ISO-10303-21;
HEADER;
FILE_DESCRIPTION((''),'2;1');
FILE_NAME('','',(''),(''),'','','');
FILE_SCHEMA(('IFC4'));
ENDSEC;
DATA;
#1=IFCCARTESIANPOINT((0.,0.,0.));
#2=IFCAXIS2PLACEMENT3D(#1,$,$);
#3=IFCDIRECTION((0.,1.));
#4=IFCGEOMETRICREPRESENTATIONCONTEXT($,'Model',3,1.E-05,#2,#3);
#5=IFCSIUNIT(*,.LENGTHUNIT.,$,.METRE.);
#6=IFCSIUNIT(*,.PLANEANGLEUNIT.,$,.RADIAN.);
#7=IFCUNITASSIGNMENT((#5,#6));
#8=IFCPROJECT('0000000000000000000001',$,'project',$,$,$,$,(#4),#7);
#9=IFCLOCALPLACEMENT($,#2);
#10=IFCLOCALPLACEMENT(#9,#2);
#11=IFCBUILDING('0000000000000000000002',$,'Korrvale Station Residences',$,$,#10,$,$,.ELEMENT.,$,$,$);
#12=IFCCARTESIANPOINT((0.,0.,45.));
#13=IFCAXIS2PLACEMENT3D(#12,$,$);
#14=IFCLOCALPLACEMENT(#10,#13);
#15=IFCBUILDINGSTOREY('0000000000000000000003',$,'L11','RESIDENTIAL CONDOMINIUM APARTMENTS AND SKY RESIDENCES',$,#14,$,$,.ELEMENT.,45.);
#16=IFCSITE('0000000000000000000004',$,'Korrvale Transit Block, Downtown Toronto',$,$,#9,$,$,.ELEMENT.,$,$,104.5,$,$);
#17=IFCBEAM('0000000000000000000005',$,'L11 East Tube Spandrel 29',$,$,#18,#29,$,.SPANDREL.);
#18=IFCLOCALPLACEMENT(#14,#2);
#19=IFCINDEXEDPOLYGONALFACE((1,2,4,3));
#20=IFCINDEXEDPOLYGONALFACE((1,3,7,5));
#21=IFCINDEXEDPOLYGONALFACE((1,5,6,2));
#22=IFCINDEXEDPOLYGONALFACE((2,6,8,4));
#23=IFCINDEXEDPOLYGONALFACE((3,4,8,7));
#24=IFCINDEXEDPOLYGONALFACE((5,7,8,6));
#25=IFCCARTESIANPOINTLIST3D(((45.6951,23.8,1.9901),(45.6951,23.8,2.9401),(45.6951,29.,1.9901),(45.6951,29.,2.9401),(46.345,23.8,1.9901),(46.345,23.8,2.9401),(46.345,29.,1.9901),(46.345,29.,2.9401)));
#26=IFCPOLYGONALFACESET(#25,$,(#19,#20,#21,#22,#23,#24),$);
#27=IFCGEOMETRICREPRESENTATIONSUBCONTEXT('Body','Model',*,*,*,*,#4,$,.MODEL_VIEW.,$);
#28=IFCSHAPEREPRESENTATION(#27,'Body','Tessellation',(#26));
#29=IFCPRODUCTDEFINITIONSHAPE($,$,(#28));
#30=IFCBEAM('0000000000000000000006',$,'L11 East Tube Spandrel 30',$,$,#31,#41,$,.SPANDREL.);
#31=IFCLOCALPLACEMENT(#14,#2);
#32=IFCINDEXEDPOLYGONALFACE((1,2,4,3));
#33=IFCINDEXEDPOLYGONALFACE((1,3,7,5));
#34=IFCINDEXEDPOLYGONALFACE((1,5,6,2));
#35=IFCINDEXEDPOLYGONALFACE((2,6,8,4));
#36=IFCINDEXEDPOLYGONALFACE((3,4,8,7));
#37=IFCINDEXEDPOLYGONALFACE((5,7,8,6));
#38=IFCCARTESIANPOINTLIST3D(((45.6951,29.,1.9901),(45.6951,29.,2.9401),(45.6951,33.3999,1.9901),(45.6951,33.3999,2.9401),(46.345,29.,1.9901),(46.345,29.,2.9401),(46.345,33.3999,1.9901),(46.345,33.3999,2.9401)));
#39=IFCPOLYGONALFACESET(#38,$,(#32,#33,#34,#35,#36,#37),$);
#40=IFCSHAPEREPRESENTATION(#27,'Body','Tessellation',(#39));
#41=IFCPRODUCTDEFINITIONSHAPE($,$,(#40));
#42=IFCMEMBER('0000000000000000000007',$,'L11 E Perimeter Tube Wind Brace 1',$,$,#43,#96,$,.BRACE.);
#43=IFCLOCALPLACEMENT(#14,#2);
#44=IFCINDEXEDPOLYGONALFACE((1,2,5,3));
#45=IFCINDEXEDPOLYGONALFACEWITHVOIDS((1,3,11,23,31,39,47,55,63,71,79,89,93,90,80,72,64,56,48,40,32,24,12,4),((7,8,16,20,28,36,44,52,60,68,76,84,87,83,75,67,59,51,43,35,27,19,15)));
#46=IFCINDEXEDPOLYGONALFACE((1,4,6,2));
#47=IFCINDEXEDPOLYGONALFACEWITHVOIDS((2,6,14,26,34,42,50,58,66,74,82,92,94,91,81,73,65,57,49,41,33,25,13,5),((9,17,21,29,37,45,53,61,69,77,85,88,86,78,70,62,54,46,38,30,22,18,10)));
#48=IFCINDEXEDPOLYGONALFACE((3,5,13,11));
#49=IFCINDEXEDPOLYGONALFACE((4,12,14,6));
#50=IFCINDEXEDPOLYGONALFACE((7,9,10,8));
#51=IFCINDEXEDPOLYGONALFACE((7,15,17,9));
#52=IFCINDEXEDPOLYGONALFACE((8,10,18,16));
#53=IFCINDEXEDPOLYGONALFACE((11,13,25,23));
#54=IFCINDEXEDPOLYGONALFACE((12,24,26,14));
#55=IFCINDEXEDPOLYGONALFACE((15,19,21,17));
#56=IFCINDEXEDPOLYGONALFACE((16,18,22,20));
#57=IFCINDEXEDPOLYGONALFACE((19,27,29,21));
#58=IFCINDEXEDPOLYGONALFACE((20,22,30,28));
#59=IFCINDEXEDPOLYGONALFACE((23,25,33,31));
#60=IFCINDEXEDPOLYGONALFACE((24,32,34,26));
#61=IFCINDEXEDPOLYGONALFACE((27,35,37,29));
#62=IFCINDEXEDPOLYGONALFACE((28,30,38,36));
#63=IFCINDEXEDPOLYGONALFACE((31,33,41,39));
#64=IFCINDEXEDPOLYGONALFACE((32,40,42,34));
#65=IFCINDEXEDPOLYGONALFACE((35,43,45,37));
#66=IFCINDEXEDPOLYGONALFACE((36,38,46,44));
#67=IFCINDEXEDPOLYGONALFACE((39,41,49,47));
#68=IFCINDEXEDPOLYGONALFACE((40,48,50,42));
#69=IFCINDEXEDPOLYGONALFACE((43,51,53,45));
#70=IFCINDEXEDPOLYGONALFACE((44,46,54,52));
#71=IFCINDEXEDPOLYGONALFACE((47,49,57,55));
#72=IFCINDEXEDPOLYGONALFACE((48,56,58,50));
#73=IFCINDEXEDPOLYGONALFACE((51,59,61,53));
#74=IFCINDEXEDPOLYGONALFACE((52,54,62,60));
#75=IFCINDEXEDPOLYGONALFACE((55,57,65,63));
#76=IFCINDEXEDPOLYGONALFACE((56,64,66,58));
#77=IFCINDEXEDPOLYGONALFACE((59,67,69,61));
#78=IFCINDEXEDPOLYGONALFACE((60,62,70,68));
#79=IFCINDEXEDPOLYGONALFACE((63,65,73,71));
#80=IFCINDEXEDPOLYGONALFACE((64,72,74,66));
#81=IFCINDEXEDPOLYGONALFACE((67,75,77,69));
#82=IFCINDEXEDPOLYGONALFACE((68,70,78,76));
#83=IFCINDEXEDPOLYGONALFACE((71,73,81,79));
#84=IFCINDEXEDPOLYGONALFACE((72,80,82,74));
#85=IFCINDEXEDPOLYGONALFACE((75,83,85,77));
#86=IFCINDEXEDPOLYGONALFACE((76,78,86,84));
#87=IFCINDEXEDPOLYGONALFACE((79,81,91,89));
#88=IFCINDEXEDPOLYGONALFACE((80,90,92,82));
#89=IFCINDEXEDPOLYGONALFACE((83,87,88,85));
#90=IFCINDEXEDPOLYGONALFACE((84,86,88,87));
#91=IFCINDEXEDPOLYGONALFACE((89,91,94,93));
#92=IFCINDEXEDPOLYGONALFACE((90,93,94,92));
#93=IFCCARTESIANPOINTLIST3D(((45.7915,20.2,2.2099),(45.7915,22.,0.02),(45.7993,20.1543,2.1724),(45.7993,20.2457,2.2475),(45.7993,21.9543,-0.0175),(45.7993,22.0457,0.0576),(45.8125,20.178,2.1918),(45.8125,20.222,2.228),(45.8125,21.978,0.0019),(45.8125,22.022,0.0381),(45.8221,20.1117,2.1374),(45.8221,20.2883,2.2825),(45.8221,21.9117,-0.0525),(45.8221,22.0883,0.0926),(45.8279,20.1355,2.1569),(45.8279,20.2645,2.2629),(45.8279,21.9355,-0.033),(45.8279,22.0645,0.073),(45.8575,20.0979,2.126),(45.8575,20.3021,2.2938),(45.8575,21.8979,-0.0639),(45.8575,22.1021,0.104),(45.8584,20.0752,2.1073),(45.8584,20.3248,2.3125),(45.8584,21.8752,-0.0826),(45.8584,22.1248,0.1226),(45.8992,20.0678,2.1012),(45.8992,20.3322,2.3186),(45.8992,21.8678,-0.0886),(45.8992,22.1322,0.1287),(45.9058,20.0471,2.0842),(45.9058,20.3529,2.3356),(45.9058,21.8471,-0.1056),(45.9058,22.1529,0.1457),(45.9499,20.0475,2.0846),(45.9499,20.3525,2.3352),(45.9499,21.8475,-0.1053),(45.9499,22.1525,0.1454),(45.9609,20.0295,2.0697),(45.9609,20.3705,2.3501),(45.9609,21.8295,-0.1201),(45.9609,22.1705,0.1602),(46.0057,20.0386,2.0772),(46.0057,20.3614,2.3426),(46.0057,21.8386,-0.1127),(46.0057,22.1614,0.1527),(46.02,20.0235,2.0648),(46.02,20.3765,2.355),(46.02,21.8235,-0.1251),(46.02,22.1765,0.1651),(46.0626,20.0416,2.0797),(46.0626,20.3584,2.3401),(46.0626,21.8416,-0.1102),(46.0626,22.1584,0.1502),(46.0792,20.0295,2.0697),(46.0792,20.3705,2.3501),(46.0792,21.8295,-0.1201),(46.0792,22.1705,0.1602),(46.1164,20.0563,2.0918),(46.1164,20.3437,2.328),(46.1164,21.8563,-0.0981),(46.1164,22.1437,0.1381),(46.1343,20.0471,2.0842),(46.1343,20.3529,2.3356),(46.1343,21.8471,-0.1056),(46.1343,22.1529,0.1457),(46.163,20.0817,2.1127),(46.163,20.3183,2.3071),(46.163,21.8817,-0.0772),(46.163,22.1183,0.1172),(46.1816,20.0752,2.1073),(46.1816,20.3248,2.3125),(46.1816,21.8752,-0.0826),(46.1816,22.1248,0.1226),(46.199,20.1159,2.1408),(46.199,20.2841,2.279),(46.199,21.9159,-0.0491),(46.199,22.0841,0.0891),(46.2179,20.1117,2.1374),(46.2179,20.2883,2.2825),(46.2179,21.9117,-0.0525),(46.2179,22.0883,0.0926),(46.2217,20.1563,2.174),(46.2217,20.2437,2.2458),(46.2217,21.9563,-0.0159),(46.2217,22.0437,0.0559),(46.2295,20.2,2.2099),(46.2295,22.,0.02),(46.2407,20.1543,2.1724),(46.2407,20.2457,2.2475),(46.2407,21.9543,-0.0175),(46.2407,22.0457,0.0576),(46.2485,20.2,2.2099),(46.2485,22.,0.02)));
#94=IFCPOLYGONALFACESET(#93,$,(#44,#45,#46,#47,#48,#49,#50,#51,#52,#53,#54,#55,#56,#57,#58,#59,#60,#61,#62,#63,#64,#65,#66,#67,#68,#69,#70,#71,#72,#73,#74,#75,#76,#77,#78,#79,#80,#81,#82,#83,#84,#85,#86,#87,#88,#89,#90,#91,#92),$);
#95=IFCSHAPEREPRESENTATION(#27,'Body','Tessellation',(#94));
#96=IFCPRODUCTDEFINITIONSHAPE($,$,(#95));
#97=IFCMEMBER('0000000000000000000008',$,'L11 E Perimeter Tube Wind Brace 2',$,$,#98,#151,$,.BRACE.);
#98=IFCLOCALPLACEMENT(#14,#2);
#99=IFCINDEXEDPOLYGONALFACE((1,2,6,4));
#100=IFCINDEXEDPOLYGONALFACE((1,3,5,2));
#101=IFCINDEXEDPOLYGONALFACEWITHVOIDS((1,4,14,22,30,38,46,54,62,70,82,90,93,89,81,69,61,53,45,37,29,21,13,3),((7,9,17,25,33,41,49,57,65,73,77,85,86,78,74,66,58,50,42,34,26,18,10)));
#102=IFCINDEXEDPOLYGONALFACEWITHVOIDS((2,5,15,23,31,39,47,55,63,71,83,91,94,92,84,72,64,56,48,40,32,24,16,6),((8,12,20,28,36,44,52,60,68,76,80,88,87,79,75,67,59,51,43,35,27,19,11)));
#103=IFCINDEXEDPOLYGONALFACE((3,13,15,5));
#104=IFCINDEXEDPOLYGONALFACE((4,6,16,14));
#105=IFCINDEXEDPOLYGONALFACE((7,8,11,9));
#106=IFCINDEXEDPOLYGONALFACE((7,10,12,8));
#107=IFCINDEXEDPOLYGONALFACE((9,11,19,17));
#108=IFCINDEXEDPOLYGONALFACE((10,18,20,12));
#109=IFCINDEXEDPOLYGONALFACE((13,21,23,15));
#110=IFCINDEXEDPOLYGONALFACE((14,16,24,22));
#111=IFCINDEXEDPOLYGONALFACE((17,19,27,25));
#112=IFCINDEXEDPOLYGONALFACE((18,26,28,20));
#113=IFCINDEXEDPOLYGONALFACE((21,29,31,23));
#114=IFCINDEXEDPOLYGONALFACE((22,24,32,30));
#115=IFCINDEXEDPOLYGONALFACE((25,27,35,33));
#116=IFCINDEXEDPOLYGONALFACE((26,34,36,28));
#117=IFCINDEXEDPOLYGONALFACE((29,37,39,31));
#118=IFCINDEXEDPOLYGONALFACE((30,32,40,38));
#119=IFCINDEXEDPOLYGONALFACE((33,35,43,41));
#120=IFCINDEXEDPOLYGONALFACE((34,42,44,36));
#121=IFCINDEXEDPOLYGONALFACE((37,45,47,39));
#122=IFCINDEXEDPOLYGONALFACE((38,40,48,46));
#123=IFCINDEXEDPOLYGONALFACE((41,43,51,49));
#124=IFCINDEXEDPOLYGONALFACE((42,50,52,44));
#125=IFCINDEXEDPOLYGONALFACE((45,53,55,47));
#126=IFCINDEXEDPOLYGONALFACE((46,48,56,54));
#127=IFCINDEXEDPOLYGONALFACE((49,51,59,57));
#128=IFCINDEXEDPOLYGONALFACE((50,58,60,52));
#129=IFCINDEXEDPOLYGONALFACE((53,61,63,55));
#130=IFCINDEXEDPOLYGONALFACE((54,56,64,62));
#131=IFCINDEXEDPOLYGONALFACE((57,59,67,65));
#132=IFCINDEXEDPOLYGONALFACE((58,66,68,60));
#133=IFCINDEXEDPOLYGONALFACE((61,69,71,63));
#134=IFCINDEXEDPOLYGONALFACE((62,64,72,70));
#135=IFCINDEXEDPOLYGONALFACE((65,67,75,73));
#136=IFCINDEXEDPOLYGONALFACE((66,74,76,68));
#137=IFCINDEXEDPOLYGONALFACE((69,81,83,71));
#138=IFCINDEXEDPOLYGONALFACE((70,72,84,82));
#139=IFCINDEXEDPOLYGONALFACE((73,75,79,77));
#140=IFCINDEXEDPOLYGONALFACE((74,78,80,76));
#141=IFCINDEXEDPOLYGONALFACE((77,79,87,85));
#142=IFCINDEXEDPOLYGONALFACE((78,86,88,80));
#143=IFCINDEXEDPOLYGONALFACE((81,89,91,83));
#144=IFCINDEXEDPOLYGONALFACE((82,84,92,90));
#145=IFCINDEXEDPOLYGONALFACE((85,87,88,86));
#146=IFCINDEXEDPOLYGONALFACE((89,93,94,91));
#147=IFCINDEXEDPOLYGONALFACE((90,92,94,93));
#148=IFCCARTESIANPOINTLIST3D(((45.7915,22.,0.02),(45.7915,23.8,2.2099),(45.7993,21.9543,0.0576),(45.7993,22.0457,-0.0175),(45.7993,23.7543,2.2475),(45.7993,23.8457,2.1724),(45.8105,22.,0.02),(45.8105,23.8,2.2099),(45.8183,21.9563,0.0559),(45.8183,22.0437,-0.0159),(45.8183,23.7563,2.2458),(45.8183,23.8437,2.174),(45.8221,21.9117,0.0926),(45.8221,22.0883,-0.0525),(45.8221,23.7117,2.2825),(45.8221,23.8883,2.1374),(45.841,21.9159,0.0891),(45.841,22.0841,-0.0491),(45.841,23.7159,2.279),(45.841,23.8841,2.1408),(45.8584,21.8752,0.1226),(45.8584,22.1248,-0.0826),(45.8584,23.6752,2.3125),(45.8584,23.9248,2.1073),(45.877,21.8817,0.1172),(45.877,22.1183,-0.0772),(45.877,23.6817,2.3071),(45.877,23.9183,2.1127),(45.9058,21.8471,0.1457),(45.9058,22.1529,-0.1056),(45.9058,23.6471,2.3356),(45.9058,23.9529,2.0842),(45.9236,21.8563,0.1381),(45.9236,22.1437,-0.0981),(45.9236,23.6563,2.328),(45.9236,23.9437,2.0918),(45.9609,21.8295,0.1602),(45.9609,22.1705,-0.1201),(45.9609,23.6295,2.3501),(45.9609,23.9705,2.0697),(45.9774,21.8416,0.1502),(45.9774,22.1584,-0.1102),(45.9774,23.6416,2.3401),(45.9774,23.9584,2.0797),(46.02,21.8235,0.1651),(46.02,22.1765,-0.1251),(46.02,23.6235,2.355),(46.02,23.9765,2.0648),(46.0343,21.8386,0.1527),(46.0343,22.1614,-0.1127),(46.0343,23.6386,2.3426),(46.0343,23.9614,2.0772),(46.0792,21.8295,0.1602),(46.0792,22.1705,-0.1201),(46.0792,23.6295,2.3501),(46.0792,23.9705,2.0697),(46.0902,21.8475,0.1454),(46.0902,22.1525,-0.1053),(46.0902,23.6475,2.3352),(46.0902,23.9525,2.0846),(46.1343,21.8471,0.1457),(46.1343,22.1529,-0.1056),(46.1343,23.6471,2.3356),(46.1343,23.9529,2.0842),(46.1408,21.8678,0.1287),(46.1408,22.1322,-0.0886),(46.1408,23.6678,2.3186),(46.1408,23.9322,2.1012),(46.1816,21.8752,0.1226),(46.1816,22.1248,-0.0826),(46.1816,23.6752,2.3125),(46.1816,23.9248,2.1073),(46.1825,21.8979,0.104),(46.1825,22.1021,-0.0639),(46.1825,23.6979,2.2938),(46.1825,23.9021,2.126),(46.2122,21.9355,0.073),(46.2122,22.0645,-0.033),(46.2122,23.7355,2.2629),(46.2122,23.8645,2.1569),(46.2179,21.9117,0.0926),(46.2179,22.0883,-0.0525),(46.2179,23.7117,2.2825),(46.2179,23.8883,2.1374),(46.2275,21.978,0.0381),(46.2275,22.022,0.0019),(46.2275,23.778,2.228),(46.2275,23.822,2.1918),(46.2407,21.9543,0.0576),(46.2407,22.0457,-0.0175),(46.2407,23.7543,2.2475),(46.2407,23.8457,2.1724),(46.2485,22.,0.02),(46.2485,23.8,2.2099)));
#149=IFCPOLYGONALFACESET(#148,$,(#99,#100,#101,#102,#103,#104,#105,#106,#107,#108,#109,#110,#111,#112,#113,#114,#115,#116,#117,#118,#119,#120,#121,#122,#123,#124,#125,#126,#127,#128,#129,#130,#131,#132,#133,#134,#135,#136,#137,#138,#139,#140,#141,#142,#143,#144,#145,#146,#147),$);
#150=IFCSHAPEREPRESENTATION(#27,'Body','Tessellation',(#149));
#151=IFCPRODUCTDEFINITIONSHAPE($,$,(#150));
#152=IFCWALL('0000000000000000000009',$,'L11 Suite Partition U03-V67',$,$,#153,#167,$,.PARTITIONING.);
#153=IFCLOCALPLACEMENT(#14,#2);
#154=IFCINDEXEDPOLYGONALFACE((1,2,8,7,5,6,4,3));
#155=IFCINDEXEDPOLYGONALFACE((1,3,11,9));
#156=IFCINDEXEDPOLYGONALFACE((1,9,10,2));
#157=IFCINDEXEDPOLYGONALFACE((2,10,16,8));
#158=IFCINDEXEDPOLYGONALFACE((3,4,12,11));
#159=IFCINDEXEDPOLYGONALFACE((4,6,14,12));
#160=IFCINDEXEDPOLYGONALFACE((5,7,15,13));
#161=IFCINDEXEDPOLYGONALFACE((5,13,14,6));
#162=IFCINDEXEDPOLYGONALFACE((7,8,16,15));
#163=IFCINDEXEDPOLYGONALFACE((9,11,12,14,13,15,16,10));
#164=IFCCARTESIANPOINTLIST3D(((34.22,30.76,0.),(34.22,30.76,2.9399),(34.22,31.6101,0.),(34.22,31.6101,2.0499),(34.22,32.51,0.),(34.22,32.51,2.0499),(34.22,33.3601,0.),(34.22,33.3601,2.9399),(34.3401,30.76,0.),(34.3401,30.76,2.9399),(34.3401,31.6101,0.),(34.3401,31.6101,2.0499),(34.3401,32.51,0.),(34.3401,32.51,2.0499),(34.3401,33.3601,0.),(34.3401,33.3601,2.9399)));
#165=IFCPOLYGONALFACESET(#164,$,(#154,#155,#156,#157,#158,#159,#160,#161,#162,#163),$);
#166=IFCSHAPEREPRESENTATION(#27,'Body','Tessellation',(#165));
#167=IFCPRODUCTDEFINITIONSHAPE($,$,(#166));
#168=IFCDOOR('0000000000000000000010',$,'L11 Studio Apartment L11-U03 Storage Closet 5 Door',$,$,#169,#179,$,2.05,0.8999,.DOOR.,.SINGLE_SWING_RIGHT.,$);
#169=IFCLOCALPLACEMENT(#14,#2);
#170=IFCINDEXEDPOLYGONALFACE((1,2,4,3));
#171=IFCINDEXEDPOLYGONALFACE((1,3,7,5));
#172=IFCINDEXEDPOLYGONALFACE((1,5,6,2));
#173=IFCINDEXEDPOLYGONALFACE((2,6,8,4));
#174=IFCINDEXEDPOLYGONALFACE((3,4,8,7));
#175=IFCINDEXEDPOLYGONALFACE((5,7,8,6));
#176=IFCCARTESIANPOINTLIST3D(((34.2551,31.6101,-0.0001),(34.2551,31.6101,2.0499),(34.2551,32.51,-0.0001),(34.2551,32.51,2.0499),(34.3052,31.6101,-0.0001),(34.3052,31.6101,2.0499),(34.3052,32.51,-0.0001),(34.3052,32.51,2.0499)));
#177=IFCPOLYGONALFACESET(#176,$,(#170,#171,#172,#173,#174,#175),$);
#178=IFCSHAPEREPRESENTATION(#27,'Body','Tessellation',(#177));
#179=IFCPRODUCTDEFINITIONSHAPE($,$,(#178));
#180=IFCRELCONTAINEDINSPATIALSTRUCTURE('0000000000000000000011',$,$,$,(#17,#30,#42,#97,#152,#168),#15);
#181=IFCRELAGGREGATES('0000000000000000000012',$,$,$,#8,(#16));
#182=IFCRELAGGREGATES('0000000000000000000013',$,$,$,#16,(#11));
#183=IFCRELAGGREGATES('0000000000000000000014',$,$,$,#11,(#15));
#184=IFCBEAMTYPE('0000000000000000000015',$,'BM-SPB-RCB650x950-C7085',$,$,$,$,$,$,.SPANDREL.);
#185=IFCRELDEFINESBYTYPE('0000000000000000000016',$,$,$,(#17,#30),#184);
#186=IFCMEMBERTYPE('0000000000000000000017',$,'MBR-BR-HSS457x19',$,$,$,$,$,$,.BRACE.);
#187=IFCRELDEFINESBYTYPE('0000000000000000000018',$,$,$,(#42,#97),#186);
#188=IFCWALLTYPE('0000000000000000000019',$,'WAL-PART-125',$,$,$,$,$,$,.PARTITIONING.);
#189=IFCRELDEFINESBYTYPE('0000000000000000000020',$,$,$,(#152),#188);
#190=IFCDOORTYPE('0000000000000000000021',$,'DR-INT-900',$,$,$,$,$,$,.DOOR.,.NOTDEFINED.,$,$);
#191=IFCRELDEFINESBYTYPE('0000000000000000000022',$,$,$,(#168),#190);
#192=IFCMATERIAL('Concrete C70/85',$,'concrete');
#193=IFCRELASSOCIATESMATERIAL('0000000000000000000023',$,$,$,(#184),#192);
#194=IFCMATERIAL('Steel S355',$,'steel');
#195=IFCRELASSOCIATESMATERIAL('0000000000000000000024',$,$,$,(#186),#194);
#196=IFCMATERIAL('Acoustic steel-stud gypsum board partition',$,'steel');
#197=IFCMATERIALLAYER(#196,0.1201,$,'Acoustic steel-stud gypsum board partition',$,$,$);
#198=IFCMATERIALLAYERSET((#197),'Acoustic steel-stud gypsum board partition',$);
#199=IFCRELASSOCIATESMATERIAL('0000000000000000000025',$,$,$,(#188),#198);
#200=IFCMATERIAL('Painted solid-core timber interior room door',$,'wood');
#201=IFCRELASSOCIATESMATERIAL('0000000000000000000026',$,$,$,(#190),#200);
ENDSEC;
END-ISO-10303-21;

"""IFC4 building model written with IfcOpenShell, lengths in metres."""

from ifc_helpers import new_model, si_unit, direction, frame, frame_2d, origin, origin_2d, place, context, subcontext, project, spatial, rectangle, hollow_circle, extrude, material, layer, layer_set, material_profile, profile_set, type_object, element, fill, save


model = new_model("IFC4")

# Units and contexts
model_context = context("Model", 3, precision=1e-05, world=origin(), true_north=direction((0.0, 1.0)))
body_context = subcontext(model_context, "Body", "Model", "MODEL_VIEW")
ifc_project = project(units=[si_unit("LENGTHUNIT", "METRE"), si_unit("PLANEANGLEUNIT", "RADIAN")], contexts=[model_context])

# Site, building, storey
site_placement = place(None, origin())
site = spatial("IfcSite", under=ifc_project, at=site_placement, Name="Korrvale Transit Block, Downtown Toronto", CompositionType="ELEMENT", RefElevation=104.5)
building_placement = place(site_placement, origin())
building = spatial("IfcBuilding", under=site, at=building_placement, Name="Korrvale Station Residences", CompositionType="ELEMENT")
storey_placement = place(building_placement, frame((0.0, 0.0, 45.0)))
storey = spatial("IfcBuildingStorey", under=building, at=storey_placement, Name="L11", Description="RESIDENTIAL CONDOMINIUM APARTMENTS AND SKY RESIDENCES", CompositionType="ELEMENT", Elevation=45.0)

# Shared definitions
ifc_material_1 = material(Name="Concrete C70/85", Category="concrete")

# Beams
ifc_material_2 = material(Name="Steel S355", Category="steel")
ifc_material_profile_1 = material_profile(ifc_material_1, rectangle(XDim=0.6499, YDim=0.95, at=origin_2d()), Name="RCB650x950")
ifc_profile_set_1 = profile_set([ifc_material_profile_1], Name="Concrete C70/85")
beam_type_1 = type_object("IfcBeamType", Name="BM-SPB-RCB650x950-C7085", PredefinedType="SPANDREL", material=ifc_profile_set_1)
beam_1_placement = place(storey_placement, frame((46.02, 23.8, 2.4651), z_axis=(0.0, 1.0, 0.0), x_axis=(-1.0, 0.0, 0.0)))
element("IfcBeam", 1, at=beam_1_placement, inside=storey, type_object=beam_type_1, Name="L11 East Tube Spandrel 29", PredefinedType="SPANDREL", context=body_context, shape_type="SweptSolid", body=[
    extrude(rectangle(XDim=0.6499, YDim=0.95, at=origin_2d()), origin(), (0.0, 0.0, 1.0), 5.2),
])
beam_2_placement = place(storey_placement, frame((46.02, 29.0, 2.4651), z_axis=(0.0, 1.0, 0.0), x_axis=(-1.0, 0.0, 0.0)))
element("IfcBeam", 2, at=beam_2_placement, inside=storey, type_object=beam_type_1, Name="L11 East Tube Spandrel 30", PredefinedType="SPANDREL", context=body_context, shape_type="SweptSolid", body=[
    extrude(rectangle(XDim=0.6499, YDim=0.95, at=origin_2d()), origin(), (0.0, 0.0, 1.0), 4.3999),
])

# Members
ifc_material_profile_2 = material_profile(ifc_material_2, hollow_circle(Radius=0.2285, WallThickness=0.019, at=origin_2d()), Name="HSS457x19")
ifc_profile_set_2 = profile_set([ifc_material_profile_2], Name="Steel S355")
member_type = type_object("IfcMemberType", Name="MBR-BR-HSS457x19", PredefinedType="BRACE", material=ifc_profile_set_2)
for number, where, z_axis, x_axis, name in (
    (3, (46.02, 22.0, 0.02), (0.0, -0.634985, 0.772524), (1.0, 0.0, 0.0), "L11 E Perimeter Tube Wind Brace 1"),
    (4, (46.02, 22.0, 0.02), (0.0, 0.634985, 0.772524), (-1.0, 0.0, 0.0), "L11 E Perimeter Tube Wind Brace 2"),
):
    element("IfcMember", number, at=place(storey_placement, frame(where, z_axis=z_axis, x_axis=x_axis)), inside=storey, type_object=member_type, Name=name, PredefinedType="BRACE", context=body_context, shape_type="SweptSolid", body=[
        extrude(hollow_circle(Radius=0.2285, WallThickness=0.019, at=origin_2d()), origin(), (0.0, 0.0, 1.0), 2.8347),
    ])

# Wall, opening, door
ifc_material_3 = material(Name="Acoustic steel-stud gypsum board partition", Category="steel")
ifc_layer_1 = layer(ifc_material_3, 0.1201, Name="Acoustic steel-stud gypsum board partition")
ifc_layer_set_1 = layer_set([ifc_layer_1], Name="Acoustic steel-stud gypsum board partition")
wall_type_1 = type_object("IfcWallType", Name="WAL-PART-125", PredefinedType="PARTITIONING", material=ifc_layer_set_1)
wall_1_placement = place(storey_placement, frame((34.28, 30.76, 0.0), z_axis=(0.0, 0.0, 1.0), x_axis=(0.0, 1.0, 0.0)))
wall_1 = element("IfcWall", 5, at=wall_1_placement, inside=storey, type_object=wall_type_1, Name="L11 Suite Partition U03-V67", PredefinedType="PARTITIONING", context=body_context, shape_type="SweptSolid", body=[
    extrude(rectangle(XDim=2.6001, YDim=0.1201, at=frame_2d((1.3, 0.0))), origin(), (0.0, 0.0, 1.0), 2.9399),
])
opening_1_placement = place(wall_1_placement, frame((0.8501, 0.0, 0.0)))
opening_1 = element("IfcOpeningElement", 6, at=opening_1_placement, cuts=wall_1, PredefinedType="OPENING", context=body_context, shape_type="SweptSolid", body=[
    extrude(rectangle(XDim=0.8999, YDim=2.05, at=frame_2d((0.45, 1.0249))), frame((0.0, 0.0701, 0.0), z_axis=(0.0, -1.0, 0.0), x_axis=(1.0, 0.0, 0.0)), (0.0, 0.0, 1.0), 0.1401),
])
ifc_material_4 = material(Name="Painted solid-core timber interior room door", Category="wood")
door_type = type_object("IfcDoorType", Name="DR-INT-900", OperationType="NOTDEFINED", PredefinedType="DOOR", material=ifc_material_4)
door_1_placement = place(opening_1_placement, origin())
door_1 = element("IfcDoor", 7, at=door_1_placement, inside=storey, type_object=door_type, Name="L11 Studio Apartment L11-U03 Storage Closet 5 Door", OperationType="SINGLE_SWING_RIGHT", OverallHeight=2.05, OverallWidth=0.8999, PredefinedType="DOOR", context=body_context, shape_type="SweptSolid", body=[
    extrude(rectangle(XDim=0.8999, YDim=2.05, at=frame_2d((0.45, 1.0249))), frame((0.0, 0.0249, 0.0), z_axis=(0.0, -1.0, 0.0), x_axis=(1.0, 0.0, 0.0)), (0.0, 0.0, 1.0), 0.05),
])
fill(opening_1, door_1)

save(model, "model.ifc")
